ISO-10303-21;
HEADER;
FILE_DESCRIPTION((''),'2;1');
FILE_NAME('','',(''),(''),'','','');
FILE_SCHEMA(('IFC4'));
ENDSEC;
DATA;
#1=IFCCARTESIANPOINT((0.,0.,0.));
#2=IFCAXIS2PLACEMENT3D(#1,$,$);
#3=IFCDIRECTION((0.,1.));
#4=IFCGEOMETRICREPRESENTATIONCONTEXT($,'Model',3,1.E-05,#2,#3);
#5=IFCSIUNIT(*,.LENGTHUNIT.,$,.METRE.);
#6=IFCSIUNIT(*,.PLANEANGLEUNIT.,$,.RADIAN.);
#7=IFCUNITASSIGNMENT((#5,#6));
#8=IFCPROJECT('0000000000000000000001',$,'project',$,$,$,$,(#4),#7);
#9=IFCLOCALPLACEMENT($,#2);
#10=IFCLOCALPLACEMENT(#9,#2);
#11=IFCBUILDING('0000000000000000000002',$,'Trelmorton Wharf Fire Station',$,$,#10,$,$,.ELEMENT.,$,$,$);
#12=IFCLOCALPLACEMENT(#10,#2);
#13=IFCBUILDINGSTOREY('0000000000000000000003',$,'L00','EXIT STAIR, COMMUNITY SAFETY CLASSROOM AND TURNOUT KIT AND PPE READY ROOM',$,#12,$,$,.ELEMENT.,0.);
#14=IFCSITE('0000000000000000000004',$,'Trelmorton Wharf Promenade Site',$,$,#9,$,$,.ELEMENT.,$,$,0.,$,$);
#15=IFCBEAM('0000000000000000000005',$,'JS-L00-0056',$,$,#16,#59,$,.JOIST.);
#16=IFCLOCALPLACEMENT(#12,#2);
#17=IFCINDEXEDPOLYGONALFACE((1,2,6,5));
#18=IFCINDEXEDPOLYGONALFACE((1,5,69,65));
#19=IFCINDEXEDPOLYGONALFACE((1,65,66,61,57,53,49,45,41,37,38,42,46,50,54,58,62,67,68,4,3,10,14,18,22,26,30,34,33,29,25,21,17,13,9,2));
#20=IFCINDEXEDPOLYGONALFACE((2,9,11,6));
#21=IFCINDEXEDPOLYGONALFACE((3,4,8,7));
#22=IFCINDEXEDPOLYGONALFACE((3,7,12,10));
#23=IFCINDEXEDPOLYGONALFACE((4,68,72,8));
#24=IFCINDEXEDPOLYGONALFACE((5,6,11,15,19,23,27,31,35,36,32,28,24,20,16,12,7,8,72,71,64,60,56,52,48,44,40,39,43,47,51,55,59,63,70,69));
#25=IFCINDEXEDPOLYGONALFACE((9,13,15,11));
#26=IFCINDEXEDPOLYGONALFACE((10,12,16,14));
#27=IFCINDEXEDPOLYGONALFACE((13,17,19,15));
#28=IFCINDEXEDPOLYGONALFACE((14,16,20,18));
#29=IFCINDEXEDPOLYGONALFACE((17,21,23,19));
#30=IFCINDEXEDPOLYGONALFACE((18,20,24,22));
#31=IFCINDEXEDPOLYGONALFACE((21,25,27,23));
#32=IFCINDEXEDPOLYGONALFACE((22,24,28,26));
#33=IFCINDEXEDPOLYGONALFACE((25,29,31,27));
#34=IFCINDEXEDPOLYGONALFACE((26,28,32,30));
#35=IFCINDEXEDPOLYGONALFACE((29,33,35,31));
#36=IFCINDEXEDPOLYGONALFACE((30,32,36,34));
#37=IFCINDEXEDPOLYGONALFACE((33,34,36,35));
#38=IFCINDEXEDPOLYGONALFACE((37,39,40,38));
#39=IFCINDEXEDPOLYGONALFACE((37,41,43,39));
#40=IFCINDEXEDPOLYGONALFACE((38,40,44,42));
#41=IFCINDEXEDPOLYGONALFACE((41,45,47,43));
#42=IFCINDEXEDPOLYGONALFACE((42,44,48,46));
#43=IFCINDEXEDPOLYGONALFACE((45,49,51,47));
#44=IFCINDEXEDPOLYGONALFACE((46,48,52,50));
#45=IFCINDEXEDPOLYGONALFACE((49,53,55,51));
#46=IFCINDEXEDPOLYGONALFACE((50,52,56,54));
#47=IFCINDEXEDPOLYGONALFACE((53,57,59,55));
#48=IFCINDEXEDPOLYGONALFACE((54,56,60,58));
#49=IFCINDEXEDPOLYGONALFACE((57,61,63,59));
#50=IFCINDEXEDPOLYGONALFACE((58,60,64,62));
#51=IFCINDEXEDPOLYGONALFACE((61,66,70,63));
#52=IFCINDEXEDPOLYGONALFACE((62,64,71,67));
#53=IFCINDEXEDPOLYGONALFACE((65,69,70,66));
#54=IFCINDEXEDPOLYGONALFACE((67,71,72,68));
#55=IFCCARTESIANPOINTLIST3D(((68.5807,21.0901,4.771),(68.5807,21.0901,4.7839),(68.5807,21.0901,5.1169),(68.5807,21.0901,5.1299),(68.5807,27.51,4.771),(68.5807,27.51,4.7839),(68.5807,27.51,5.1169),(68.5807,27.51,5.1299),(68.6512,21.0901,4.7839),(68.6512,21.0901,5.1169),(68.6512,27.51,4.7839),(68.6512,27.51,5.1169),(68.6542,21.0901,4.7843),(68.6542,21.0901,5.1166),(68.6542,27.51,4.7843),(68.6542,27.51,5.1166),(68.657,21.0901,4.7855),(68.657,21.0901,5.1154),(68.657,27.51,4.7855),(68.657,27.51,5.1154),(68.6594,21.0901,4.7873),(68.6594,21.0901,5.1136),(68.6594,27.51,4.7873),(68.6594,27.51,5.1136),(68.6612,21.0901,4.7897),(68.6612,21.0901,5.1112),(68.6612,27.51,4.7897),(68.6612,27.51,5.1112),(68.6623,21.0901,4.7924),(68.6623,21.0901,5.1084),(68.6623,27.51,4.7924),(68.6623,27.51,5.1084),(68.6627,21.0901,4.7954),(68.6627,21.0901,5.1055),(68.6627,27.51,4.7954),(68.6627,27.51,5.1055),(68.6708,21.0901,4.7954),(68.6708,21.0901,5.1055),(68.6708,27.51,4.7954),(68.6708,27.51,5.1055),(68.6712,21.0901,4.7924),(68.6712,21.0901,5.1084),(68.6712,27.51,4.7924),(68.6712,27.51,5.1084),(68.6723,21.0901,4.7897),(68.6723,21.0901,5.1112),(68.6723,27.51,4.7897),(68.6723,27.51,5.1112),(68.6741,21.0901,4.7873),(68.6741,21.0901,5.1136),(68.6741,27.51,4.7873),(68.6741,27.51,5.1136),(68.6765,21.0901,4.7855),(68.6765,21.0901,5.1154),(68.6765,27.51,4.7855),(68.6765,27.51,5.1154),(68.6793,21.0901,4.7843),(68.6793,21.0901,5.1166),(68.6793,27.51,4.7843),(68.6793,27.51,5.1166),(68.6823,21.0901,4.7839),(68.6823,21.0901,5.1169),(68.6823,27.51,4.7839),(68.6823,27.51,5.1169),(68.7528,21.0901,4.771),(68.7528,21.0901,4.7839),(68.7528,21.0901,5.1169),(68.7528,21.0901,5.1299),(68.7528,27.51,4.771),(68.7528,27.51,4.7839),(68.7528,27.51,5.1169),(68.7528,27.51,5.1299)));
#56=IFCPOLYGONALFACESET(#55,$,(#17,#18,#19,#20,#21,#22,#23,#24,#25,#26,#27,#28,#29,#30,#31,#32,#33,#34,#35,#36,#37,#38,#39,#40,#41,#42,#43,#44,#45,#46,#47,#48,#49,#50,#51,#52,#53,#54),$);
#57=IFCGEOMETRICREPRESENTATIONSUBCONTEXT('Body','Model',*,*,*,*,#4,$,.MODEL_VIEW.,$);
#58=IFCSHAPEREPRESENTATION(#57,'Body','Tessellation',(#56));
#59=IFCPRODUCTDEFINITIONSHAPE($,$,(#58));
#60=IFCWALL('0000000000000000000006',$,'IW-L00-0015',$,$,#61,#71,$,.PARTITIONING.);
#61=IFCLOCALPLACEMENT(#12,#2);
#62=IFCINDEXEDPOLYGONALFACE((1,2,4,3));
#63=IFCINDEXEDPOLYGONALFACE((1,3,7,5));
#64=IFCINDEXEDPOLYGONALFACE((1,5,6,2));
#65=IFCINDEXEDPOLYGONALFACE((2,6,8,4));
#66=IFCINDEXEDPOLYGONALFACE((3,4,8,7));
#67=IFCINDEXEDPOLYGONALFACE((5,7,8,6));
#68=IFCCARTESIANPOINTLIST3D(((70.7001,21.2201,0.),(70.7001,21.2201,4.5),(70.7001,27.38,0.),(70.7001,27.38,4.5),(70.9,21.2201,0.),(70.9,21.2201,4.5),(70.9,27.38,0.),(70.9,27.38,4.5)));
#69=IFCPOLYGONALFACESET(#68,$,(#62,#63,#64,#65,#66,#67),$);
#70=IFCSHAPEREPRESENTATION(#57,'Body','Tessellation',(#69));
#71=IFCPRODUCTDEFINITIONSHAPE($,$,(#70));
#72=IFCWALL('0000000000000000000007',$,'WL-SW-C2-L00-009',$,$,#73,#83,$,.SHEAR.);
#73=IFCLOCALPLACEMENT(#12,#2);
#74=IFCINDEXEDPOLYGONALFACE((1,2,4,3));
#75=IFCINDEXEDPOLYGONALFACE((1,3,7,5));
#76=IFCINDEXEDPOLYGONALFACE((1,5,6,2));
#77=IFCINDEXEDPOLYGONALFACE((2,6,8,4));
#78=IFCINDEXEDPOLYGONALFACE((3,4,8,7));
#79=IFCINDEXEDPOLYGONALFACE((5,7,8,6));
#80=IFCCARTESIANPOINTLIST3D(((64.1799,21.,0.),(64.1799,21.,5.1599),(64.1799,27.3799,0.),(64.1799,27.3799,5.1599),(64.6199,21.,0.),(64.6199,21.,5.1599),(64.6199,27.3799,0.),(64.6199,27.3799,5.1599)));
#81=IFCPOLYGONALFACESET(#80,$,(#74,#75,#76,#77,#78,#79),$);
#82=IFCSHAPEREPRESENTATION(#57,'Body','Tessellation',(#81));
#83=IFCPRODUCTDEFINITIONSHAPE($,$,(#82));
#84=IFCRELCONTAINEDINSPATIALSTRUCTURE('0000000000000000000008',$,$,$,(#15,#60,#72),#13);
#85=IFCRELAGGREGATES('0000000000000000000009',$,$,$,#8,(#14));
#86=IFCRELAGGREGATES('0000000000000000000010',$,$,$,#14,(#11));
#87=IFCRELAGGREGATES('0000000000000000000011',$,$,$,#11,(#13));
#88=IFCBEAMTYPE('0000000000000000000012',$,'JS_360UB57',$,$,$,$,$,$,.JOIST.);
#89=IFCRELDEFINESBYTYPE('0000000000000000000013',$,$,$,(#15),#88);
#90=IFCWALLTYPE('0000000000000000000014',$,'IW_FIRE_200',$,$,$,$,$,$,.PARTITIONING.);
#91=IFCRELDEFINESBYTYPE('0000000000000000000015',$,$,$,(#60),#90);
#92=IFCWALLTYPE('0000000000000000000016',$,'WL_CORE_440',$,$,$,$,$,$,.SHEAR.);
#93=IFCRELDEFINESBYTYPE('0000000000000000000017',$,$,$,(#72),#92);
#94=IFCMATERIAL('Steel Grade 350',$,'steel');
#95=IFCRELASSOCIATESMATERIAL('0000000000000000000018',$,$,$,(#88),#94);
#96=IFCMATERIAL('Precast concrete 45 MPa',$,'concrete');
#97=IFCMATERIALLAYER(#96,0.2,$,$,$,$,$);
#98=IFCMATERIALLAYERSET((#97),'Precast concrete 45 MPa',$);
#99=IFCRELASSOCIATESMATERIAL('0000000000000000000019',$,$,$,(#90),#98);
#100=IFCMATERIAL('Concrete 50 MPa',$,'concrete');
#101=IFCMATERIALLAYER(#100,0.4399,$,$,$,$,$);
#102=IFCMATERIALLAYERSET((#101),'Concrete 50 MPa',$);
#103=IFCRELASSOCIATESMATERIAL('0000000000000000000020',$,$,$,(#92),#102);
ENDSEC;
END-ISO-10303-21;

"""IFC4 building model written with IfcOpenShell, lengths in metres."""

from ifc_helpers import new_model, si_unit, direction, frame, frame_2d, origin, origin_2d, place, context, subcontext, project, spatial, rectangle, i_section, extrude, material, layer, layer_set, material_profile, profile_set, type_object, element, save


model = new_model("IFC4")

# Units and contexts
model_context = context("Model", 3, precision=1e-05, world=origin(), true_north=direction((0.0, 1.0)))
body_context = subcontext(model_context, "Body", "Model", "MODEL_VIEW")
ifc_project = project(units=[si_unit("LENGTHUNIT", "METRE"), si_unit("PLANEANGLEUNIT", "RADIAN")], contexts=[model_context])

# Site, building, storey
site_placement = place(None, origin())
site = spatial("IfcSite", under=ifc_project, at=site_placement, Name="Trelmorton Wharf Promenade Site", CompositionType="ELEMENT", RefElevation=0.0)
building_placement = place(site_placement, origin())
building = spatial("IfcBuilding", under=site, at=building_placement, Name="Trelmorton Wharf Fire Station", CompositionType="ELEMENT")
storey_placement = place(building_placement, origin())
storey = spatial("IfcBuildingStorey", under=building, at=storey_placement, Name="L00", Description="EXIT STAIR, COMMUNITY SAFETY CLASSROOM AND TURNOUT KIT AND PPE READY ROOM", CompositionType="ELEMENT", Elevation=0.0)

# Shared definitions
ifc_material_1 = material(Name="Steel Grade 350", Category="steel")

# Beam
ifc_material_profile_1 = material_profile(ifc_material_1, i_section(OverallWidth=0.1721, OverallDepth=0.3589, WebThickness=0.0081, FlangeThickness=0.0129, FilletRadius=0.0115, at=origin_2d()), Name="360UB56.7")
ifc_profile_set_1 = profile_set([ifc_material_profile_1], Name="Steel Grade 350")
beam_type_1 = type_object("IfcBeamType", Name="JS_360UB57", PredefinedType="JOIST", material=ifc_profile_set_1)
for number, where, z_axis, x_axis, name in (
    (1, (68.6667, 21.0901, 4.9504), (0.0, 1.0, 0.0), (-1.0, 0.0, 0.0), "JS-L00-0056"),
):
    element("IfcBeam", number, at=place(storey_placement, frame(where, z_axis=z_axis, x_axis=x_axis)), inside=storey, type_object=beam_type_1, Name=name, PredefinedType="JOIST", context=body_context, shape_type="SweptSolid", body=[
        extrude(i_section(OverallWidth=0.1721, OverallDepth=0.3589, WebThickness=0.0081, FlangeThickness=0.0129, FilletRadius=0.0115, at=origin_2d()), origin(), (0.0, 0.0, 1.0), 6.4199),
    ])

# Shared definitions
ifc_material_2 = material(Name="Precast concrete 45 MPa", Category="concrete")
ifc_layer_1 = layer(ifc_material_2, 0.2)
ifc_layer_set_1 = layer_set([ifc_layer_1], Name="Precast concrete 45 MPa")
wall_type_1 = type_object("IfcWallType", Name="IW_FIRE_200", PredefinedType="PARTITIONING", material=ifc_layer_set_1)

# Walls
wall_1_placement = place(storey_placement, frame((70.8, 21.22, 0.0), z_axis=(0.0, 0.0, 1.0), x_axis=(0.0, 1.0, 0.0)))
element("IfcWall", 2, at=wall_1_placement, inside=storey, type_object=wall_type_1, Name="IW-L00-0015", PredefinedType="PARTITIONING", context=body_context, shape_type="SweptSolid", body=[
    extrude(rectangle(XDim=6.1599, YDim=0.2, at=frame_2d((3.0801, 0.0))), origin(), (0.0, 0.0, 1.0), 4.5),
])
ifc_material_3 = material(Name="Concrete 50 MPa", Category="concrete")
ifc_layer_2 = layer(ifc_material_3, 0.4399)
ifc_layer_set_2 = layer_set([ifc_layer_2], Name="Concrete 50 MPa")
wall_type_2 = type_object("IfcWallType", Name="WL_CORE_440", PredefinedType="SHEAR", material=ifc_layer_set_2)
wall_2_placement = place(storey_placement, frame((64.3999, 21.0, 0.0), z_axis=(0.0, 0.0, 1.0), x_axis=(0.0, 1.0, 0.0)))
element("IfcWall", 3, at=wall_2_placement, inside=storey, type_object=wall_type_2, Name="WL-SW-C2-L00-009", PredefinedType="SHEAR", context=body_context, shape_type="SweptSolid", body=[
    extrude(rectangle(XDim=6.3799, YDim=0.4399, at=frame_2d((3.1899, 0.0))), origin(), (0.0, 0.0, 1.0), 5.1599),
])

save(model, "model.ifc")
